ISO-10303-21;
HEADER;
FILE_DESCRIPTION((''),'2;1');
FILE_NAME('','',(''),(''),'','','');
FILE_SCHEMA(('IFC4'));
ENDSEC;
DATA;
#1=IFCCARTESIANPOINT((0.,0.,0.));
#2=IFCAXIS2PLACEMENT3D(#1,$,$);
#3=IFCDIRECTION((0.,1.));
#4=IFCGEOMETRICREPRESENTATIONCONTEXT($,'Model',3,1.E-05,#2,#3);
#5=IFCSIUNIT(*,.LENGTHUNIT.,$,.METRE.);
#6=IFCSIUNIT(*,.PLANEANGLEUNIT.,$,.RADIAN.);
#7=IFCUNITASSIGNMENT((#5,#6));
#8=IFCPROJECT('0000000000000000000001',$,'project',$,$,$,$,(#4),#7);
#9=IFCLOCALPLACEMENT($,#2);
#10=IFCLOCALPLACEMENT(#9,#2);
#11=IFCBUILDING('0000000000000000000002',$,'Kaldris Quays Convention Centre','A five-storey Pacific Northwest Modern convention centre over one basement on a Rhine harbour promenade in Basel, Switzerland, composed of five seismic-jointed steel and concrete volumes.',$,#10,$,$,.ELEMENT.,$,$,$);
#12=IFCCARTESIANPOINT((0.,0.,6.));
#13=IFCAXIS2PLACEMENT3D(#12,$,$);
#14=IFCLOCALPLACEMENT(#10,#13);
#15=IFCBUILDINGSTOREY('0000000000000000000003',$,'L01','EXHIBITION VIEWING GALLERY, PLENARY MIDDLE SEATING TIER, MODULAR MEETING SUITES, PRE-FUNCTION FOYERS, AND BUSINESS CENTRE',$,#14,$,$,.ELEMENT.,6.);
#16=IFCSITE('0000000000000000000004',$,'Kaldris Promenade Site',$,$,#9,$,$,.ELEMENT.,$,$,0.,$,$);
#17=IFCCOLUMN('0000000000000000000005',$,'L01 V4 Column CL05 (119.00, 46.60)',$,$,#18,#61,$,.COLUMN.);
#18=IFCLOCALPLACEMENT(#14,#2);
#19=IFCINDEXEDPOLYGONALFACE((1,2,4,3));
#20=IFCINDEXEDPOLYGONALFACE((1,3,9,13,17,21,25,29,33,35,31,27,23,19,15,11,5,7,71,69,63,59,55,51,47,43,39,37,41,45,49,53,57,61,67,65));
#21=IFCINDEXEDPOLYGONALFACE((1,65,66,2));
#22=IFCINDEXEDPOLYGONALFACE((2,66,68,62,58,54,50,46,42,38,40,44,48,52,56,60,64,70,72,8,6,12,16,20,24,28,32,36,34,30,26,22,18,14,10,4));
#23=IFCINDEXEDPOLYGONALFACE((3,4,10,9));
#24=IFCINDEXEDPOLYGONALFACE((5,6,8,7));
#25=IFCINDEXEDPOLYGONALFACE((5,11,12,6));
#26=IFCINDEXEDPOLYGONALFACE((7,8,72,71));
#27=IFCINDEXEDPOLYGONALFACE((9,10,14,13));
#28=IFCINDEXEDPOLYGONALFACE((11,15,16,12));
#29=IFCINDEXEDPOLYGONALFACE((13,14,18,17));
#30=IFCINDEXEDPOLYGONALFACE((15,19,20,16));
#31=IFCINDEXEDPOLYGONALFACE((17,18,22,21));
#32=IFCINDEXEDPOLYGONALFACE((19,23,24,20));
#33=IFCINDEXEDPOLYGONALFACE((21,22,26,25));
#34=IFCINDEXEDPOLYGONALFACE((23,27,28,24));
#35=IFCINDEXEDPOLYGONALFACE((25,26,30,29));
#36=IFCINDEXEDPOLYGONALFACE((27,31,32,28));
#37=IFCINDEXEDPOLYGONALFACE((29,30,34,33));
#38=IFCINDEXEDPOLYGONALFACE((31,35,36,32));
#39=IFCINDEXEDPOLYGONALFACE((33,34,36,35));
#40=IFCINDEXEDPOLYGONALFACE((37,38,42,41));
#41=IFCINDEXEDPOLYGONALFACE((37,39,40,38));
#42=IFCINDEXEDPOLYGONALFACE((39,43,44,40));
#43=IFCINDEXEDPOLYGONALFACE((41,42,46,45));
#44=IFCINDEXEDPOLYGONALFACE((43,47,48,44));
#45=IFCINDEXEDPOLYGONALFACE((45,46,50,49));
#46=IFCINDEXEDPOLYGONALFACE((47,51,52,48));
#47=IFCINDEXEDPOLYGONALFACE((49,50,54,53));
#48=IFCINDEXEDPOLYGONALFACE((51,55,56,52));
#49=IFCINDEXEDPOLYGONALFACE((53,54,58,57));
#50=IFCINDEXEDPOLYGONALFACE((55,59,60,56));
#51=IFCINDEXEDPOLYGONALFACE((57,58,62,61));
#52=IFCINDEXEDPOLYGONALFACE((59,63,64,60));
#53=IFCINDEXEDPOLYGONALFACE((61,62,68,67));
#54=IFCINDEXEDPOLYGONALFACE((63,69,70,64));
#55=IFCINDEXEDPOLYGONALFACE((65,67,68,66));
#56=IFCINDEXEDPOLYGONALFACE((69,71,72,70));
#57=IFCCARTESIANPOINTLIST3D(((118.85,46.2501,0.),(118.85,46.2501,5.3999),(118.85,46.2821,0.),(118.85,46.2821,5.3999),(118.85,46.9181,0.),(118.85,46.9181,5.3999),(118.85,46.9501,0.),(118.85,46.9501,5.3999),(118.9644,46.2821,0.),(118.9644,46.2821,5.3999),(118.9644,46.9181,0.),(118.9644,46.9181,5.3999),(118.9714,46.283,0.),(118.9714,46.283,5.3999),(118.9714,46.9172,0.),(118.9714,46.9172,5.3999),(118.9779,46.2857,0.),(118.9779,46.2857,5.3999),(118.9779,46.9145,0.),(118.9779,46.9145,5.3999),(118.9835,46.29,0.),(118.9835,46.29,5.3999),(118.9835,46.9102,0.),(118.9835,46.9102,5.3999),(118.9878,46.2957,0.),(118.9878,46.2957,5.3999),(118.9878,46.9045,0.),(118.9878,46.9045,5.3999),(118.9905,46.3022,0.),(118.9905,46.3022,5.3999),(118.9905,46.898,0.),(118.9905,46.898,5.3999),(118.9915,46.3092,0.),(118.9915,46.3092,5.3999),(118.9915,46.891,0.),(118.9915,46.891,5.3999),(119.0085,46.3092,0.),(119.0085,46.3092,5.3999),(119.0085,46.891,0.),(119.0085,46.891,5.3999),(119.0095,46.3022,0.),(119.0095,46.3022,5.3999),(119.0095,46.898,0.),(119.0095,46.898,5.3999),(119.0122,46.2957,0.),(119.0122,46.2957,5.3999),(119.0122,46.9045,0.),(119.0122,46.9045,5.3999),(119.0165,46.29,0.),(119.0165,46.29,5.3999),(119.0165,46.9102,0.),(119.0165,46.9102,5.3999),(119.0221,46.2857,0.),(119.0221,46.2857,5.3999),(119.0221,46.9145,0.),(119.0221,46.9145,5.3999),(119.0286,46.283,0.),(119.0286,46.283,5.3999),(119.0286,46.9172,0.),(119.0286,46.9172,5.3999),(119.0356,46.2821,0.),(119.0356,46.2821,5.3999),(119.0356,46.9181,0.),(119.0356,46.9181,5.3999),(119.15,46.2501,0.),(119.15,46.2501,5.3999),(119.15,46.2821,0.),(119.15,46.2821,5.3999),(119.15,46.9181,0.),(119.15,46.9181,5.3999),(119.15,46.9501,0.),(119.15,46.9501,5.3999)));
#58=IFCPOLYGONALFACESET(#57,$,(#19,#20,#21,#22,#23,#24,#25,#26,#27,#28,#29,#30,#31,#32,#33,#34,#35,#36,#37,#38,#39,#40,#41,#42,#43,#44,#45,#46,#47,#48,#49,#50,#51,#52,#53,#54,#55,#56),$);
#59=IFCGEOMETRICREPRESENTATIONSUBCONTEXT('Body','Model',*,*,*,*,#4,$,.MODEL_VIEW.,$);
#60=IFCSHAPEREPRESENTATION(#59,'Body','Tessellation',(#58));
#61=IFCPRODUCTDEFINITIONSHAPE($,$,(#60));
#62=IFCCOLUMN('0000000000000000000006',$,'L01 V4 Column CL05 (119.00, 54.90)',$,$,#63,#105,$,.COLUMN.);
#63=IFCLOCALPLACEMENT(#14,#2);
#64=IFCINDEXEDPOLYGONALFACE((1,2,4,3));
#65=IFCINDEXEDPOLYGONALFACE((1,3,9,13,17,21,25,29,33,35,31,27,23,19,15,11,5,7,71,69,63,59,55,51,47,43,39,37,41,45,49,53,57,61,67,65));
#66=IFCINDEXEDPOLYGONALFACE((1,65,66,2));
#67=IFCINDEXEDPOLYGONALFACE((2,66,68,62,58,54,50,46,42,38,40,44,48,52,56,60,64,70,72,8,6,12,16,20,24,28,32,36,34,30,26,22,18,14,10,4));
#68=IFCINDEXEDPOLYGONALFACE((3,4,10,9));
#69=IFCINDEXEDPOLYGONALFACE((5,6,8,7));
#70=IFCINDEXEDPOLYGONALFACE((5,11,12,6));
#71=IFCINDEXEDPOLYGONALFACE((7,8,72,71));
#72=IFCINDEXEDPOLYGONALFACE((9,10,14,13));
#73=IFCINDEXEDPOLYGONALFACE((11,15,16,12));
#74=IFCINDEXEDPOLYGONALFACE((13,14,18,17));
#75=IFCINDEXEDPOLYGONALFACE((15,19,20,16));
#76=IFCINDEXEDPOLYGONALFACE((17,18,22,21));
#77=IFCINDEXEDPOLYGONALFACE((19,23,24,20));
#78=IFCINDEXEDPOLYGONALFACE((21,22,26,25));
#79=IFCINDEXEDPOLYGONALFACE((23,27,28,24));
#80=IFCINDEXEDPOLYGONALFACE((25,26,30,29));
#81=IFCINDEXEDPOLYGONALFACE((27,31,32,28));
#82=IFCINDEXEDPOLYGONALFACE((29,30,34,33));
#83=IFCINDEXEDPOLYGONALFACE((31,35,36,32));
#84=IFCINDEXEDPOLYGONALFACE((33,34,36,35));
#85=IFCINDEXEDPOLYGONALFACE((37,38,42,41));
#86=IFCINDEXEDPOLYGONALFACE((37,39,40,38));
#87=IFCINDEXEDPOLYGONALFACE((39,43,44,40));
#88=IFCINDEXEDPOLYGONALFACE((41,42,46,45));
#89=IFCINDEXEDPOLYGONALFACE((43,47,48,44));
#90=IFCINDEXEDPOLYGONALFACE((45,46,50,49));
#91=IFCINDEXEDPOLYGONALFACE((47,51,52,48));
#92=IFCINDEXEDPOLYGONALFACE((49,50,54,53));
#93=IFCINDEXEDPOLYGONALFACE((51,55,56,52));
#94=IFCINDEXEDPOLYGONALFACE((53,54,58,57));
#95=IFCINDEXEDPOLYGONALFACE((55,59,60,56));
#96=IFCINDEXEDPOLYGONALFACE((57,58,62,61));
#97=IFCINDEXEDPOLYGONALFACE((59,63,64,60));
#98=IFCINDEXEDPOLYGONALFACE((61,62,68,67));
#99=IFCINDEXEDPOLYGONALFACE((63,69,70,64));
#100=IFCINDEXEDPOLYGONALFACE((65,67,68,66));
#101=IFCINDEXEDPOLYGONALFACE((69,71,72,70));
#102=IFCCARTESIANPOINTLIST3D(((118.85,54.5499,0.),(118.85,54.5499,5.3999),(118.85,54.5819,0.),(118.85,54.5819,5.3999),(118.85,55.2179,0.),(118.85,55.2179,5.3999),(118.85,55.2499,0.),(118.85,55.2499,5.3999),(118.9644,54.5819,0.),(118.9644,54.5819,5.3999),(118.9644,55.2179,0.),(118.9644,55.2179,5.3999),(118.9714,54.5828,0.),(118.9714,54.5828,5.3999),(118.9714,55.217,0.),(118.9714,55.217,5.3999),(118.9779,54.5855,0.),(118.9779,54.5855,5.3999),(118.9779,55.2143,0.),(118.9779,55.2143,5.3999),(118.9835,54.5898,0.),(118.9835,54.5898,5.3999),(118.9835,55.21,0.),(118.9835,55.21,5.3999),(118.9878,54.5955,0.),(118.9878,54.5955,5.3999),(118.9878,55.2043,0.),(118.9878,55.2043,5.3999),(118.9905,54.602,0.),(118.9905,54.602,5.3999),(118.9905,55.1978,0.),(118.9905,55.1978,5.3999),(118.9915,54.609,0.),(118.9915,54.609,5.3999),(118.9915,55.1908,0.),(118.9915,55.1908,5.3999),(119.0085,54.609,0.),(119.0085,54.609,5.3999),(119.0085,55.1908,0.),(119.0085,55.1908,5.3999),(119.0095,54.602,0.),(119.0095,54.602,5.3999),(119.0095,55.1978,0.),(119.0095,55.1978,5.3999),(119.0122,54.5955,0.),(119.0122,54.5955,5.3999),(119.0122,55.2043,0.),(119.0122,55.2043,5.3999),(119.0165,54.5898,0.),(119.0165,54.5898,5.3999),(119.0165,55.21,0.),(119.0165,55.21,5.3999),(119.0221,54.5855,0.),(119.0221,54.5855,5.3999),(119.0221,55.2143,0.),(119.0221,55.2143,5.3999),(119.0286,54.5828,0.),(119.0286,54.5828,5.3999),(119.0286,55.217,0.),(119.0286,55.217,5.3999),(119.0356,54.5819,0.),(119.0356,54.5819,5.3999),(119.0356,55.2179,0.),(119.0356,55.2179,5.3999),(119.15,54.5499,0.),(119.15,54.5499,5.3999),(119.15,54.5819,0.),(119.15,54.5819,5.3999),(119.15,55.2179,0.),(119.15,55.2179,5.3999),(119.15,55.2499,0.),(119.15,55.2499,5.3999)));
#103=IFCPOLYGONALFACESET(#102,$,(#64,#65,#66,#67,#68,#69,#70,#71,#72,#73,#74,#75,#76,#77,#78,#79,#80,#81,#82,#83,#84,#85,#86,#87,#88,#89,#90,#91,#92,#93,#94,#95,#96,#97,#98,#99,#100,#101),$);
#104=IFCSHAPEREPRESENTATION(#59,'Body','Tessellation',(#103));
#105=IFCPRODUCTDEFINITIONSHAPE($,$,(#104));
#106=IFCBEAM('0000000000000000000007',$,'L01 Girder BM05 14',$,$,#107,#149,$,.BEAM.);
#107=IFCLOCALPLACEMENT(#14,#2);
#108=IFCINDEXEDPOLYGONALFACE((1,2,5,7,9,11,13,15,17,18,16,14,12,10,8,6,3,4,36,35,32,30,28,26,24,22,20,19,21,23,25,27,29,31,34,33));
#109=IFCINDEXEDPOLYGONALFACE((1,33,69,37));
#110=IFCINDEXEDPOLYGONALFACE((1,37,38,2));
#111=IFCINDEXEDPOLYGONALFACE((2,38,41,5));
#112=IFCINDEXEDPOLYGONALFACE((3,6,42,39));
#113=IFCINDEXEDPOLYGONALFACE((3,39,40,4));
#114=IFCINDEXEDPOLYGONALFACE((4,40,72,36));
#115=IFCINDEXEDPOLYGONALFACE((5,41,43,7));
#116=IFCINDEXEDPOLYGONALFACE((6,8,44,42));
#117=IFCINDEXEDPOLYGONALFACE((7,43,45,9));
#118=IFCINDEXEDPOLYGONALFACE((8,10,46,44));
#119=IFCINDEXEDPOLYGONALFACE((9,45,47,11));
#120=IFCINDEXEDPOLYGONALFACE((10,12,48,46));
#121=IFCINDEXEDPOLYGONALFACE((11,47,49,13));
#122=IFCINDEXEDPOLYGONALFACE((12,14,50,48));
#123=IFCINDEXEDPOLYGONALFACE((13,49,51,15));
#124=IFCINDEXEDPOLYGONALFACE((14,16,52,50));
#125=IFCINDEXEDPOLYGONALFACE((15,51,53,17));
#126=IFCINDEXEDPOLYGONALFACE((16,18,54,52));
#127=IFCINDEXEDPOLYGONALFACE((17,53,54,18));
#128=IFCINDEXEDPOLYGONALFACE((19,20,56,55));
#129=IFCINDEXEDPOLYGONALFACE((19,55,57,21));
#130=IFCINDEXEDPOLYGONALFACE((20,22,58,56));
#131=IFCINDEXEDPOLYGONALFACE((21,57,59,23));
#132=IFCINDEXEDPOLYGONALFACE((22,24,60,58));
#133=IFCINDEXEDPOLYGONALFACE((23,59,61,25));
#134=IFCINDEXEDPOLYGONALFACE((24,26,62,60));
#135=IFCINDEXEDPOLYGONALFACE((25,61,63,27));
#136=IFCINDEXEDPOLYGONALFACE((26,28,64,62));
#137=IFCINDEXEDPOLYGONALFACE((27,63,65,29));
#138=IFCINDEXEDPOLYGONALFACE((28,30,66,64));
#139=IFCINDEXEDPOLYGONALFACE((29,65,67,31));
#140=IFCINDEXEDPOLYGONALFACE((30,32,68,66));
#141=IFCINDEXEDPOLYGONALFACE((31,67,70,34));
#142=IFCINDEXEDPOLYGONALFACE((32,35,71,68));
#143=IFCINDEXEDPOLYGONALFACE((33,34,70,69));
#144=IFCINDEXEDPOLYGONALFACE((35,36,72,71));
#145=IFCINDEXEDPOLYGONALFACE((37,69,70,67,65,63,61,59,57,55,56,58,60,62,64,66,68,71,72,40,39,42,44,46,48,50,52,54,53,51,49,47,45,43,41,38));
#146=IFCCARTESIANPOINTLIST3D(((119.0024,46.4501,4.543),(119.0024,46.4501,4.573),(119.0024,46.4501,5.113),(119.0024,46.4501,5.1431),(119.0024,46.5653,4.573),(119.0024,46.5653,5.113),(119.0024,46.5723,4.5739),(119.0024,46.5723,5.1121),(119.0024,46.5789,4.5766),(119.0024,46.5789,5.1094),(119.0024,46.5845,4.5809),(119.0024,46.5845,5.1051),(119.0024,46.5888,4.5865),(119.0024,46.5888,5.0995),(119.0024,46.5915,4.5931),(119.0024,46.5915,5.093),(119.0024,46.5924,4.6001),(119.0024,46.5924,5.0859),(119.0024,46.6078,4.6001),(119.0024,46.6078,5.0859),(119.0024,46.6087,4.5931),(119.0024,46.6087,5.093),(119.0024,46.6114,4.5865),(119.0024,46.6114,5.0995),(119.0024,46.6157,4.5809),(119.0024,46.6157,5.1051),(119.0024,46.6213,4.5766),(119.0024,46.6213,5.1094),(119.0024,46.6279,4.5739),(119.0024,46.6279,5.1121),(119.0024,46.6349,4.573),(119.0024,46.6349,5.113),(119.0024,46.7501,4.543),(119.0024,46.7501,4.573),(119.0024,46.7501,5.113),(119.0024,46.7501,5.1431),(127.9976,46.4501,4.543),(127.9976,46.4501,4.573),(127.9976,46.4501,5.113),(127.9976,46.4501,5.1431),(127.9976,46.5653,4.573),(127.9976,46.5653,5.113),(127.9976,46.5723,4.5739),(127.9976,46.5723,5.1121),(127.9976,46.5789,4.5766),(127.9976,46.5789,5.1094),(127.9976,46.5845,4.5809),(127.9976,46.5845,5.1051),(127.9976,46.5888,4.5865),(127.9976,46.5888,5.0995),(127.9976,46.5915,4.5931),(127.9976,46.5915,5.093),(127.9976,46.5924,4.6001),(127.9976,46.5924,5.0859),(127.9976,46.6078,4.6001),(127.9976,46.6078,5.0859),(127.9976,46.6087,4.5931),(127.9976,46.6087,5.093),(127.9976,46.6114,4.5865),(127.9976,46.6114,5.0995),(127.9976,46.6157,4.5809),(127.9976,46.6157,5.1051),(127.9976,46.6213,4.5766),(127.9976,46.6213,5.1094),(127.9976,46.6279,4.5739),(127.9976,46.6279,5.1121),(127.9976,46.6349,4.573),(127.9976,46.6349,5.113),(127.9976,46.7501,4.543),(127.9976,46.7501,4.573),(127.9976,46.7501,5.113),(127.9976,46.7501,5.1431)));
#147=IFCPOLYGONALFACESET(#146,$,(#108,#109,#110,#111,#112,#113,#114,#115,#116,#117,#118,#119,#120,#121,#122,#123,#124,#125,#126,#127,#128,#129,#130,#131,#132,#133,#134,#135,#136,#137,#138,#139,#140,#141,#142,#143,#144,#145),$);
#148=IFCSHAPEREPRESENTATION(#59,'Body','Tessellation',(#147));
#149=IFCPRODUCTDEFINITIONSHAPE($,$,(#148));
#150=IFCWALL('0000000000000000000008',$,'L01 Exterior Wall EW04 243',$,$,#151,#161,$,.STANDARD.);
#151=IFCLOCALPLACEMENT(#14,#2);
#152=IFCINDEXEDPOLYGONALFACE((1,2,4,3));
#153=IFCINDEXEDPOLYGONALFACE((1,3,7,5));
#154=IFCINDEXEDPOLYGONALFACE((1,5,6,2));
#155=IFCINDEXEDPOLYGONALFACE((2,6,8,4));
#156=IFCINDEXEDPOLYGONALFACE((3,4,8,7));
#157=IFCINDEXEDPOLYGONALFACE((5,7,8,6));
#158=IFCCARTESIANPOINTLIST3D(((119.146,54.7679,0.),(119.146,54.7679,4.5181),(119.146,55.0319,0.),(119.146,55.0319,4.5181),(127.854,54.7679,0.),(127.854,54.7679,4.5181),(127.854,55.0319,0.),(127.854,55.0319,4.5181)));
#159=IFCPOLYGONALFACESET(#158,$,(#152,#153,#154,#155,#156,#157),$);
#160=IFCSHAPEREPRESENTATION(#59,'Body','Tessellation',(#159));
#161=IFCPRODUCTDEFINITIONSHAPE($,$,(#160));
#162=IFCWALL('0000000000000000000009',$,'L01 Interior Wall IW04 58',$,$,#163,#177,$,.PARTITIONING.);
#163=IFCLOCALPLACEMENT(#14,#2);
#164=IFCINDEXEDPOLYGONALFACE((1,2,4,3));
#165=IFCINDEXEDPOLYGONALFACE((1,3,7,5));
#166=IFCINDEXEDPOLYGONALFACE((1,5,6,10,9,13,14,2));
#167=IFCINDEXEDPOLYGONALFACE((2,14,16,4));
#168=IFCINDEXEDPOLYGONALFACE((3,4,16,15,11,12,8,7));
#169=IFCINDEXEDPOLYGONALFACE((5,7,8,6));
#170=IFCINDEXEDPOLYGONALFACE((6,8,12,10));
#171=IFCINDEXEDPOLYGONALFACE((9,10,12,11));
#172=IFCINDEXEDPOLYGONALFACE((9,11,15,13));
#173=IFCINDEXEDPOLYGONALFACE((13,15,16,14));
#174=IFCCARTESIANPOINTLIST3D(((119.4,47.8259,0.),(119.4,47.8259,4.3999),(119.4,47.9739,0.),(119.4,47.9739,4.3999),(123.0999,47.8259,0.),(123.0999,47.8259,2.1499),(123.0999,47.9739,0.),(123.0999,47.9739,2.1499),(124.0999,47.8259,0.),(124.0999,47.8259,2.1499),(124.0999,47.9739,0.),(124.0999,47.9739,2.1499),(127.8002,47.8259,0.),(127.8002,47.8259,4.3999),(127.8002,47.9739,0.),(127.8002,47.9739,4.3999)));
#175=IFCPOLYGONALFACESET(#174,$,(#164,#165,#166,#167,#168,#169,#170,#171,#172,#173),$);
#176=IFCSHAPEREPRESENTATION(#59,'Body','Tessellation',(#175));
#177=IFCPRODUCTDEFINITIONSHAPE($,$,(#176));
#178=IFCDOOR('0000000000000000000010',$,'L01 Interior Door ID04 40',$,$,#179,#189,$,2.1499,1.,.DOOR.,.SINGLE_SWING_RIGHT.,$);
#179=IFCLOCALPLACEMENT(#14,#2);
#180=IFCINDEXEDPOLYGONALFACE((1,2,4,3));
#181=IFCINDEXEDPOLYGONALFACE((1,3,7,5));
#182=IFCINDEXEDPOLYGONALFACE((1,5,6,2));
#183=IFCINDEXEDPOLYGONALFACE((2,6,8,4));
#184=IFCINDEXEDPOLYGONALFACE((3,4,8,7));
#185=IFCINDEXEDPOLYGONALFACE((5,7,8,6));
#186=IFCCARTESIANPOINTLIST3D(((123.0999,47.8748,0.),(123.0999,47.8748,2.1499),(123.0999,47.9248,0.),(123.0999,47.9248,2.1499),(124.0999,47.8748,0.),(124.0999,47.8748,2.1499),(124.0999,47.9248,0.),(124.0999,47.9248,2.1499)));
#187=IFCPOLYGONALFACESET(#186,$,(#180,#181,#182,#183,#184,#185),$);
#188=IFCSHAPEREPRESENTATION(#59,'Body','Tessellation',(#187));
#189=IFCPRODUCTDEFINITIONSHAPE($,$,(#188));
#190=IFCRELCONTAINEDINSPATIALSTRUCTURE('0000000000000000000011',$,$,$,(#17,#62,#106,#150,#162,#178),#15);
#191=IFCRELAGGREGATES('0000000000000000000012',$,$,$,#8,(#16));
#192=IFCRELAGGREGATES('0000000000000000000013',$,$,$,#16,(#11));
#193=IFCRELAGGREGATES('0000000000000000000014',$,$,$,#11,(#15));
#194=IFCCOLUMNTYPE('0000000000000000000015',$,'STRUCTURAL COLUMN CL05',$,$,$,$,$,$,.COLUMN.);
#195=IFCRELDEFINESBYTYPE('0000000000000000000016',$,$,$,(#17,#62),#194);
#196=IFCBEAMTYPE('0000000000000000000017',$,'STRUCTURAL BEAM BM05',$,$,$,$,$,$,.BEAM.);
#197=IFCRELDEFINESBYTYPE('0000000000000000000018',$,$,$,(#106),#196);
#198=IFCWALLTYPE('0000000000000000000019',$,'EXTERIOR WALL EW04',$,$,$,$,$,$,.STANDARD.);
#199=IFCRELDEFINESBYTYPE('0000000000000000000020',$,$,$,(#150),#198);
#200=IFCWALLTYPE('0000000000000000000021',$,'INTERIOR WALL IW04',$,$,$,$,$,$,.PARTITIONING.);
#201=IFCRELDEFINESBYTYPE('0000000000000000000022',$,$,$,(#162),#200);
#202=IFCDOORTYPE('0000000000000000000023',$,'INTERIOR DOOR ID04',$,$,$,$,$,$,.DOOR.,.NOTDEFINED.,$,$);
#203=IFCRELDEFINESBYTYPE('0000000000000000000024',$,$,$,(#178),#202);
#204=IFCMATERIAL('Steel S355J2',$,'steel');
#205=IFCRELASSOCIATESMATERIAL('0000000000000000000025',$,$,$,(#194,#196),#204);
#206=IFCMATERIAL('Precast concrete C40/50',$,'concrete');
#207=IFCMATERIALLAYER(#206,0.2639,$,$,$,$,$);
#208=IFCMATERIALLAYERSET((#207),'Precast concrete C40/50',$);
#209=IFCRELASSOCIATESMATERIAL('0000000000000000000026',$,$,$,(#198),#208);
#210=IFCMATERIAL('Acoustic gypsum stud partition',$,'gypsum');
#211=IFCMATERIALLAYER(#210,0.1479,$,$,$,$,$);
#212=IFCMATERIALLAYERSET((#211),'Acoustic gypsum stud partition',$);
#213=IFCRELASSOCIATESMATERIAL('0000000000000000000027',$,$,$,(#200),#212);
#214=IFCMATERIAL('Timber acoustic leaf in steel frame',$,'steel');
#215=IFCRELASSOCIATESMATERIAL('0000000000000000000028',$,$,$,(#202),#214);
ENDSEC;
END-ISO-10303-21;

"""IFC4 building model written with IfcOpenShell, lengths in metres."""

from ifc_helpers import new_model, si_unit, direction, frame, frame_2d, origin, origin_2d, place, context, subcontext, project, spatial, rectangle, i_section, extrude, material, layer, layer_set, material_profile, profile_set, type_object, element, fill, save


model = new_model("IFC4")

# Units and contexts
model_context = context("Model", 3, precision=1e-05, world=origin(), true_north=direction((0.0, 1.0)))
body_context = subcontext(model_context, "Body", "Model", "MODEL_VIEW")
ifc_project = project(units=[si_unit("LENGTHUNIT", "METRE"), si_unit("PLANEANGLEUNIT", "RADIAN")], contexts=[model_context])

# Site, building, storey
site_placement = place(None, origin())
site = spatial("IfcSite", under=ifc_project, at=site_placement, Name="Kaldris Promenade Site", CompositionType="ELEMENT", RefElevation=0.0)
building_placement = place(site_placement, origin())
building = spatial("IfcBuilding", under=site, at=building_placement, Name="Kaldris Quays Convention Centre", Description="A five-storey Pacific Northwest Modern convention centre over one basement on a Rhine harbour promenade in Basel, Switzerland, composed of five seismic-jointed steel and concrete volumes.", CompositionType="ELEMENT")
storey_placement = place(building_placement, frame((0.0, 0.0, 6.0)))
storey = spatial("IfcBuildingStorey", under=building, at=storey_placement, Name="L01", Description="EXHIBITION VIEWING GALLERY, PLENARY MIDDLE SEATING TIER, MODULAR MEETING SUITES, PRE-FUNCTION FOYERS, AND BUSINESS CENTRE", CompositionType="ELEMENT", Elevation=6.0)

# Columns
ifc_material_1 = material(Name="Steel S355J2", Category="steel")
ifc_material_profile_1 = material_profile(ifc_material_1, i_section(OverallWidth=0.3, OverallDepth=0.7, WebThickness=0.0171, FlangeThickness=0.032, FilletRadius=0.0271, at=origin_2d()), Name="HEB 700")
ifc_profile_set_1 = profile_set([ifc_material_profile_1], Name="Steel S355J2")
column_type = type_object("IfcColumnType", Name="STRUCTURAL COLUMN CL05", PredefinedType="COLUMN", material=ifc_profile_set_1)
for number, where, z_axis, x_axis, name in (
    (1, (119.0, 46.6001, 0.0), (0.0, 0.0, 1.0), (1.0, 0.0, 0.0), "L01 V4 Column CL05 (119.00, 46.60)"),
    (2, (119.0, 54.8999, 0.0), (0.0, 0.0, 1.0), (1.0, 0.0, 0.0), "L01 V4 Column CL05 (119.00, 54.90)"),
):
    element("IfcColumn", number, at=place(storey_placement, frame(where, z_axis=z_axis, x_axis=x_axis)), inside=storey, type_object=column_type, Name=name, PredefinedType="COLUMN", context=body_context, shape_type="SweptSolid", body=[
        extrude(i_section(OverallWidth=0.3, OverallDepth=0.7, WebThickness=0.0171, FlangeThickness=0.032, FilletRadius=0.0271, at=origin_2d()), origin(), (0.0, 0.0, 1.0), 5.3999),
    ])

# Beam
ifc_material_profile_2 = material_profile(ifc_material_1, i_section(OverallWidth=0.3, OverallDepth=0.6001, WebThickness=0.0154, FlangeThickness=0.03, FilletRadius=0.0271, at=origin_2d()), Name="HEB 600")
ifc_profile_set_2 = profile_set([ifc_material_profile_2], Name="Steel S355J2")
beam_type = type_object("IfcBeamType", Name="STRUCTURAL BEAM BM05", PredefinedType="BEAM", material=ifc_profile_set_2)
beam_placement = place(storey_placement, frame((119.0024, 46.6001, 4.843), z_axis=(1.0, 0.0, 0.0), x_axis=(0.0, 1.0, 0.0)))
element("IfcBeam", 3, at=beam_placement, inside=storey, type_object=beam_type, Name="L01 Girder BM05 14", PredefinedType="BEAM", context=body_context, shape_type="SweptSolid", body=[
    extrude(i_section(OverallWidth=0.3, OverallDepth=0.6001, WebThickness=0.0154, FlangeThickness=0.03, FilletRadius=0.0271, at=origin_2d()), origin(), (0.0, 0.0, 1.0), 8.9951),
])

# Wall
ifc_material_2 = material(Name="Precast concrete C40/50", Category="concrete")
ifc_layer_1 = layer(ifc_material_2, 0.2639)
ifc_layer_set_1 = layer_set([ifc_layer_1], Name="Precast concrete C40/50")
wall_type_1 = type_object("IfcWallType", Name="EXTERIOR WALL EW04", PredefinedType="STANDARD", material=ifc_layer_set_1)
wall_1_placement = place(storey_placement, frame((119.146, 54.8999, 0.0), z_axis=(0.0, 0.0, 1.0), x_axis=(1.0, 0.0, 0.0)))
element("IfcWall", 4, at=wall_1_placement, inside=storey, type_object=wall_type_1, Name="L01 Exterior Wall EW04 243", PredefinedType="STANDARD", context=body_context, shape_type="SweptSolid", body=[
    extrude(rectangle(XDim=8.708, YDim=0.2639, at=frame_2d((4.354, 0.0))), origin(), (0.0, 0.0, 1.0), 4.5181),
])

# Wall, opening, door
ifc_material_3 = material(Name="Acoustic gypsum stud partition", Category="gypsum")
ifc_layer_2 = layer(ifc_material_3, 0.1479)
ifc_layer_set_2 = layer_set([ifc_layer_2], Name="Acoustic gypsum stud partition")
wall_type_2 = type_object("IfcWallType", Name="INTERIOR WALL IW04", PredefinedType="PARTITIONING", material=ifc_layer_set_2)
wall_2_placement = place(storey_placement, frame((119.3999, 47.8999, 0.0), z_axis=(0.0, 0.0, 1.0), x_axis=(1.0, 0.0, 0.0)))
wall_2 = element("IfcWall", 5, at=wall_2_placement, inside=storey, type_object=wall_type_2, Name="L01 Interior Wall IW04 58", PredefinedType="PARTITIONING", context=body_context, shape_type="SweptSolid", body=[
    extrude(rectangle(XDim=8.4001, YDim=0.1479, at=frame_2d((4.2002, 0.0))), origin(), (0.0, 0.0, 1.0), 4.3999),
])
opening_placement = place(wall_2_placement, frame((3.7, 0.0, 0.0)))
opening = element("IfcOpeningElement", 6, at=opening_placement, cuts=wall_2, PredefinedType="OPENING", context=body_context, shape_type="SweptSolid", body=[
    extrude(rectangle(XDim=1.0, YDim=2.1499, at=frame_2d((0.5, 1.075))), frame((0.0, 0.084, 0.0), z_axis=(0.0, -1.0, 0.0), x_axis=(1.0, 0.0, 0.0)), (0.0, 0.0, 1.0), 0.168),
])
ifc_material_4 = material(Name="Timber acoustic leaf in steel frame", Category="steel")
door_type = type_object("IfcDoorType", Name="INTERIOR DOOR ID04", OperationType="NOTDEFINED", PredefinedType="DOOR", material=ifc_material_4)
door_placement = place(opening_placement, origin())
door = element("IfcDoor", 7, at=door_placement, inside=storey, type_object=door_type, Name="L01 Interior Door ID04 40", OperationType="SINGLE_SWING_RIGHT", OverallHeight=2.1499, OverallWidth=1.0, PredefinedType="DOOR", context=body_context, shape_type="SweptSolid", body=[
    extrude(rectangle(XDim=1.0, YDim=2.1499, at=frame_2d((0.5, 1.075))), frame((0.0, 0.0249, 0.0), z_axis=(0.0, -1.0, 0.0), x_axis=(1.0, 0.0, 0.0)), (0.0, 0.0, 1.0), 0.05),
])
fill(opening, door)

save(model, "model.ifc")
